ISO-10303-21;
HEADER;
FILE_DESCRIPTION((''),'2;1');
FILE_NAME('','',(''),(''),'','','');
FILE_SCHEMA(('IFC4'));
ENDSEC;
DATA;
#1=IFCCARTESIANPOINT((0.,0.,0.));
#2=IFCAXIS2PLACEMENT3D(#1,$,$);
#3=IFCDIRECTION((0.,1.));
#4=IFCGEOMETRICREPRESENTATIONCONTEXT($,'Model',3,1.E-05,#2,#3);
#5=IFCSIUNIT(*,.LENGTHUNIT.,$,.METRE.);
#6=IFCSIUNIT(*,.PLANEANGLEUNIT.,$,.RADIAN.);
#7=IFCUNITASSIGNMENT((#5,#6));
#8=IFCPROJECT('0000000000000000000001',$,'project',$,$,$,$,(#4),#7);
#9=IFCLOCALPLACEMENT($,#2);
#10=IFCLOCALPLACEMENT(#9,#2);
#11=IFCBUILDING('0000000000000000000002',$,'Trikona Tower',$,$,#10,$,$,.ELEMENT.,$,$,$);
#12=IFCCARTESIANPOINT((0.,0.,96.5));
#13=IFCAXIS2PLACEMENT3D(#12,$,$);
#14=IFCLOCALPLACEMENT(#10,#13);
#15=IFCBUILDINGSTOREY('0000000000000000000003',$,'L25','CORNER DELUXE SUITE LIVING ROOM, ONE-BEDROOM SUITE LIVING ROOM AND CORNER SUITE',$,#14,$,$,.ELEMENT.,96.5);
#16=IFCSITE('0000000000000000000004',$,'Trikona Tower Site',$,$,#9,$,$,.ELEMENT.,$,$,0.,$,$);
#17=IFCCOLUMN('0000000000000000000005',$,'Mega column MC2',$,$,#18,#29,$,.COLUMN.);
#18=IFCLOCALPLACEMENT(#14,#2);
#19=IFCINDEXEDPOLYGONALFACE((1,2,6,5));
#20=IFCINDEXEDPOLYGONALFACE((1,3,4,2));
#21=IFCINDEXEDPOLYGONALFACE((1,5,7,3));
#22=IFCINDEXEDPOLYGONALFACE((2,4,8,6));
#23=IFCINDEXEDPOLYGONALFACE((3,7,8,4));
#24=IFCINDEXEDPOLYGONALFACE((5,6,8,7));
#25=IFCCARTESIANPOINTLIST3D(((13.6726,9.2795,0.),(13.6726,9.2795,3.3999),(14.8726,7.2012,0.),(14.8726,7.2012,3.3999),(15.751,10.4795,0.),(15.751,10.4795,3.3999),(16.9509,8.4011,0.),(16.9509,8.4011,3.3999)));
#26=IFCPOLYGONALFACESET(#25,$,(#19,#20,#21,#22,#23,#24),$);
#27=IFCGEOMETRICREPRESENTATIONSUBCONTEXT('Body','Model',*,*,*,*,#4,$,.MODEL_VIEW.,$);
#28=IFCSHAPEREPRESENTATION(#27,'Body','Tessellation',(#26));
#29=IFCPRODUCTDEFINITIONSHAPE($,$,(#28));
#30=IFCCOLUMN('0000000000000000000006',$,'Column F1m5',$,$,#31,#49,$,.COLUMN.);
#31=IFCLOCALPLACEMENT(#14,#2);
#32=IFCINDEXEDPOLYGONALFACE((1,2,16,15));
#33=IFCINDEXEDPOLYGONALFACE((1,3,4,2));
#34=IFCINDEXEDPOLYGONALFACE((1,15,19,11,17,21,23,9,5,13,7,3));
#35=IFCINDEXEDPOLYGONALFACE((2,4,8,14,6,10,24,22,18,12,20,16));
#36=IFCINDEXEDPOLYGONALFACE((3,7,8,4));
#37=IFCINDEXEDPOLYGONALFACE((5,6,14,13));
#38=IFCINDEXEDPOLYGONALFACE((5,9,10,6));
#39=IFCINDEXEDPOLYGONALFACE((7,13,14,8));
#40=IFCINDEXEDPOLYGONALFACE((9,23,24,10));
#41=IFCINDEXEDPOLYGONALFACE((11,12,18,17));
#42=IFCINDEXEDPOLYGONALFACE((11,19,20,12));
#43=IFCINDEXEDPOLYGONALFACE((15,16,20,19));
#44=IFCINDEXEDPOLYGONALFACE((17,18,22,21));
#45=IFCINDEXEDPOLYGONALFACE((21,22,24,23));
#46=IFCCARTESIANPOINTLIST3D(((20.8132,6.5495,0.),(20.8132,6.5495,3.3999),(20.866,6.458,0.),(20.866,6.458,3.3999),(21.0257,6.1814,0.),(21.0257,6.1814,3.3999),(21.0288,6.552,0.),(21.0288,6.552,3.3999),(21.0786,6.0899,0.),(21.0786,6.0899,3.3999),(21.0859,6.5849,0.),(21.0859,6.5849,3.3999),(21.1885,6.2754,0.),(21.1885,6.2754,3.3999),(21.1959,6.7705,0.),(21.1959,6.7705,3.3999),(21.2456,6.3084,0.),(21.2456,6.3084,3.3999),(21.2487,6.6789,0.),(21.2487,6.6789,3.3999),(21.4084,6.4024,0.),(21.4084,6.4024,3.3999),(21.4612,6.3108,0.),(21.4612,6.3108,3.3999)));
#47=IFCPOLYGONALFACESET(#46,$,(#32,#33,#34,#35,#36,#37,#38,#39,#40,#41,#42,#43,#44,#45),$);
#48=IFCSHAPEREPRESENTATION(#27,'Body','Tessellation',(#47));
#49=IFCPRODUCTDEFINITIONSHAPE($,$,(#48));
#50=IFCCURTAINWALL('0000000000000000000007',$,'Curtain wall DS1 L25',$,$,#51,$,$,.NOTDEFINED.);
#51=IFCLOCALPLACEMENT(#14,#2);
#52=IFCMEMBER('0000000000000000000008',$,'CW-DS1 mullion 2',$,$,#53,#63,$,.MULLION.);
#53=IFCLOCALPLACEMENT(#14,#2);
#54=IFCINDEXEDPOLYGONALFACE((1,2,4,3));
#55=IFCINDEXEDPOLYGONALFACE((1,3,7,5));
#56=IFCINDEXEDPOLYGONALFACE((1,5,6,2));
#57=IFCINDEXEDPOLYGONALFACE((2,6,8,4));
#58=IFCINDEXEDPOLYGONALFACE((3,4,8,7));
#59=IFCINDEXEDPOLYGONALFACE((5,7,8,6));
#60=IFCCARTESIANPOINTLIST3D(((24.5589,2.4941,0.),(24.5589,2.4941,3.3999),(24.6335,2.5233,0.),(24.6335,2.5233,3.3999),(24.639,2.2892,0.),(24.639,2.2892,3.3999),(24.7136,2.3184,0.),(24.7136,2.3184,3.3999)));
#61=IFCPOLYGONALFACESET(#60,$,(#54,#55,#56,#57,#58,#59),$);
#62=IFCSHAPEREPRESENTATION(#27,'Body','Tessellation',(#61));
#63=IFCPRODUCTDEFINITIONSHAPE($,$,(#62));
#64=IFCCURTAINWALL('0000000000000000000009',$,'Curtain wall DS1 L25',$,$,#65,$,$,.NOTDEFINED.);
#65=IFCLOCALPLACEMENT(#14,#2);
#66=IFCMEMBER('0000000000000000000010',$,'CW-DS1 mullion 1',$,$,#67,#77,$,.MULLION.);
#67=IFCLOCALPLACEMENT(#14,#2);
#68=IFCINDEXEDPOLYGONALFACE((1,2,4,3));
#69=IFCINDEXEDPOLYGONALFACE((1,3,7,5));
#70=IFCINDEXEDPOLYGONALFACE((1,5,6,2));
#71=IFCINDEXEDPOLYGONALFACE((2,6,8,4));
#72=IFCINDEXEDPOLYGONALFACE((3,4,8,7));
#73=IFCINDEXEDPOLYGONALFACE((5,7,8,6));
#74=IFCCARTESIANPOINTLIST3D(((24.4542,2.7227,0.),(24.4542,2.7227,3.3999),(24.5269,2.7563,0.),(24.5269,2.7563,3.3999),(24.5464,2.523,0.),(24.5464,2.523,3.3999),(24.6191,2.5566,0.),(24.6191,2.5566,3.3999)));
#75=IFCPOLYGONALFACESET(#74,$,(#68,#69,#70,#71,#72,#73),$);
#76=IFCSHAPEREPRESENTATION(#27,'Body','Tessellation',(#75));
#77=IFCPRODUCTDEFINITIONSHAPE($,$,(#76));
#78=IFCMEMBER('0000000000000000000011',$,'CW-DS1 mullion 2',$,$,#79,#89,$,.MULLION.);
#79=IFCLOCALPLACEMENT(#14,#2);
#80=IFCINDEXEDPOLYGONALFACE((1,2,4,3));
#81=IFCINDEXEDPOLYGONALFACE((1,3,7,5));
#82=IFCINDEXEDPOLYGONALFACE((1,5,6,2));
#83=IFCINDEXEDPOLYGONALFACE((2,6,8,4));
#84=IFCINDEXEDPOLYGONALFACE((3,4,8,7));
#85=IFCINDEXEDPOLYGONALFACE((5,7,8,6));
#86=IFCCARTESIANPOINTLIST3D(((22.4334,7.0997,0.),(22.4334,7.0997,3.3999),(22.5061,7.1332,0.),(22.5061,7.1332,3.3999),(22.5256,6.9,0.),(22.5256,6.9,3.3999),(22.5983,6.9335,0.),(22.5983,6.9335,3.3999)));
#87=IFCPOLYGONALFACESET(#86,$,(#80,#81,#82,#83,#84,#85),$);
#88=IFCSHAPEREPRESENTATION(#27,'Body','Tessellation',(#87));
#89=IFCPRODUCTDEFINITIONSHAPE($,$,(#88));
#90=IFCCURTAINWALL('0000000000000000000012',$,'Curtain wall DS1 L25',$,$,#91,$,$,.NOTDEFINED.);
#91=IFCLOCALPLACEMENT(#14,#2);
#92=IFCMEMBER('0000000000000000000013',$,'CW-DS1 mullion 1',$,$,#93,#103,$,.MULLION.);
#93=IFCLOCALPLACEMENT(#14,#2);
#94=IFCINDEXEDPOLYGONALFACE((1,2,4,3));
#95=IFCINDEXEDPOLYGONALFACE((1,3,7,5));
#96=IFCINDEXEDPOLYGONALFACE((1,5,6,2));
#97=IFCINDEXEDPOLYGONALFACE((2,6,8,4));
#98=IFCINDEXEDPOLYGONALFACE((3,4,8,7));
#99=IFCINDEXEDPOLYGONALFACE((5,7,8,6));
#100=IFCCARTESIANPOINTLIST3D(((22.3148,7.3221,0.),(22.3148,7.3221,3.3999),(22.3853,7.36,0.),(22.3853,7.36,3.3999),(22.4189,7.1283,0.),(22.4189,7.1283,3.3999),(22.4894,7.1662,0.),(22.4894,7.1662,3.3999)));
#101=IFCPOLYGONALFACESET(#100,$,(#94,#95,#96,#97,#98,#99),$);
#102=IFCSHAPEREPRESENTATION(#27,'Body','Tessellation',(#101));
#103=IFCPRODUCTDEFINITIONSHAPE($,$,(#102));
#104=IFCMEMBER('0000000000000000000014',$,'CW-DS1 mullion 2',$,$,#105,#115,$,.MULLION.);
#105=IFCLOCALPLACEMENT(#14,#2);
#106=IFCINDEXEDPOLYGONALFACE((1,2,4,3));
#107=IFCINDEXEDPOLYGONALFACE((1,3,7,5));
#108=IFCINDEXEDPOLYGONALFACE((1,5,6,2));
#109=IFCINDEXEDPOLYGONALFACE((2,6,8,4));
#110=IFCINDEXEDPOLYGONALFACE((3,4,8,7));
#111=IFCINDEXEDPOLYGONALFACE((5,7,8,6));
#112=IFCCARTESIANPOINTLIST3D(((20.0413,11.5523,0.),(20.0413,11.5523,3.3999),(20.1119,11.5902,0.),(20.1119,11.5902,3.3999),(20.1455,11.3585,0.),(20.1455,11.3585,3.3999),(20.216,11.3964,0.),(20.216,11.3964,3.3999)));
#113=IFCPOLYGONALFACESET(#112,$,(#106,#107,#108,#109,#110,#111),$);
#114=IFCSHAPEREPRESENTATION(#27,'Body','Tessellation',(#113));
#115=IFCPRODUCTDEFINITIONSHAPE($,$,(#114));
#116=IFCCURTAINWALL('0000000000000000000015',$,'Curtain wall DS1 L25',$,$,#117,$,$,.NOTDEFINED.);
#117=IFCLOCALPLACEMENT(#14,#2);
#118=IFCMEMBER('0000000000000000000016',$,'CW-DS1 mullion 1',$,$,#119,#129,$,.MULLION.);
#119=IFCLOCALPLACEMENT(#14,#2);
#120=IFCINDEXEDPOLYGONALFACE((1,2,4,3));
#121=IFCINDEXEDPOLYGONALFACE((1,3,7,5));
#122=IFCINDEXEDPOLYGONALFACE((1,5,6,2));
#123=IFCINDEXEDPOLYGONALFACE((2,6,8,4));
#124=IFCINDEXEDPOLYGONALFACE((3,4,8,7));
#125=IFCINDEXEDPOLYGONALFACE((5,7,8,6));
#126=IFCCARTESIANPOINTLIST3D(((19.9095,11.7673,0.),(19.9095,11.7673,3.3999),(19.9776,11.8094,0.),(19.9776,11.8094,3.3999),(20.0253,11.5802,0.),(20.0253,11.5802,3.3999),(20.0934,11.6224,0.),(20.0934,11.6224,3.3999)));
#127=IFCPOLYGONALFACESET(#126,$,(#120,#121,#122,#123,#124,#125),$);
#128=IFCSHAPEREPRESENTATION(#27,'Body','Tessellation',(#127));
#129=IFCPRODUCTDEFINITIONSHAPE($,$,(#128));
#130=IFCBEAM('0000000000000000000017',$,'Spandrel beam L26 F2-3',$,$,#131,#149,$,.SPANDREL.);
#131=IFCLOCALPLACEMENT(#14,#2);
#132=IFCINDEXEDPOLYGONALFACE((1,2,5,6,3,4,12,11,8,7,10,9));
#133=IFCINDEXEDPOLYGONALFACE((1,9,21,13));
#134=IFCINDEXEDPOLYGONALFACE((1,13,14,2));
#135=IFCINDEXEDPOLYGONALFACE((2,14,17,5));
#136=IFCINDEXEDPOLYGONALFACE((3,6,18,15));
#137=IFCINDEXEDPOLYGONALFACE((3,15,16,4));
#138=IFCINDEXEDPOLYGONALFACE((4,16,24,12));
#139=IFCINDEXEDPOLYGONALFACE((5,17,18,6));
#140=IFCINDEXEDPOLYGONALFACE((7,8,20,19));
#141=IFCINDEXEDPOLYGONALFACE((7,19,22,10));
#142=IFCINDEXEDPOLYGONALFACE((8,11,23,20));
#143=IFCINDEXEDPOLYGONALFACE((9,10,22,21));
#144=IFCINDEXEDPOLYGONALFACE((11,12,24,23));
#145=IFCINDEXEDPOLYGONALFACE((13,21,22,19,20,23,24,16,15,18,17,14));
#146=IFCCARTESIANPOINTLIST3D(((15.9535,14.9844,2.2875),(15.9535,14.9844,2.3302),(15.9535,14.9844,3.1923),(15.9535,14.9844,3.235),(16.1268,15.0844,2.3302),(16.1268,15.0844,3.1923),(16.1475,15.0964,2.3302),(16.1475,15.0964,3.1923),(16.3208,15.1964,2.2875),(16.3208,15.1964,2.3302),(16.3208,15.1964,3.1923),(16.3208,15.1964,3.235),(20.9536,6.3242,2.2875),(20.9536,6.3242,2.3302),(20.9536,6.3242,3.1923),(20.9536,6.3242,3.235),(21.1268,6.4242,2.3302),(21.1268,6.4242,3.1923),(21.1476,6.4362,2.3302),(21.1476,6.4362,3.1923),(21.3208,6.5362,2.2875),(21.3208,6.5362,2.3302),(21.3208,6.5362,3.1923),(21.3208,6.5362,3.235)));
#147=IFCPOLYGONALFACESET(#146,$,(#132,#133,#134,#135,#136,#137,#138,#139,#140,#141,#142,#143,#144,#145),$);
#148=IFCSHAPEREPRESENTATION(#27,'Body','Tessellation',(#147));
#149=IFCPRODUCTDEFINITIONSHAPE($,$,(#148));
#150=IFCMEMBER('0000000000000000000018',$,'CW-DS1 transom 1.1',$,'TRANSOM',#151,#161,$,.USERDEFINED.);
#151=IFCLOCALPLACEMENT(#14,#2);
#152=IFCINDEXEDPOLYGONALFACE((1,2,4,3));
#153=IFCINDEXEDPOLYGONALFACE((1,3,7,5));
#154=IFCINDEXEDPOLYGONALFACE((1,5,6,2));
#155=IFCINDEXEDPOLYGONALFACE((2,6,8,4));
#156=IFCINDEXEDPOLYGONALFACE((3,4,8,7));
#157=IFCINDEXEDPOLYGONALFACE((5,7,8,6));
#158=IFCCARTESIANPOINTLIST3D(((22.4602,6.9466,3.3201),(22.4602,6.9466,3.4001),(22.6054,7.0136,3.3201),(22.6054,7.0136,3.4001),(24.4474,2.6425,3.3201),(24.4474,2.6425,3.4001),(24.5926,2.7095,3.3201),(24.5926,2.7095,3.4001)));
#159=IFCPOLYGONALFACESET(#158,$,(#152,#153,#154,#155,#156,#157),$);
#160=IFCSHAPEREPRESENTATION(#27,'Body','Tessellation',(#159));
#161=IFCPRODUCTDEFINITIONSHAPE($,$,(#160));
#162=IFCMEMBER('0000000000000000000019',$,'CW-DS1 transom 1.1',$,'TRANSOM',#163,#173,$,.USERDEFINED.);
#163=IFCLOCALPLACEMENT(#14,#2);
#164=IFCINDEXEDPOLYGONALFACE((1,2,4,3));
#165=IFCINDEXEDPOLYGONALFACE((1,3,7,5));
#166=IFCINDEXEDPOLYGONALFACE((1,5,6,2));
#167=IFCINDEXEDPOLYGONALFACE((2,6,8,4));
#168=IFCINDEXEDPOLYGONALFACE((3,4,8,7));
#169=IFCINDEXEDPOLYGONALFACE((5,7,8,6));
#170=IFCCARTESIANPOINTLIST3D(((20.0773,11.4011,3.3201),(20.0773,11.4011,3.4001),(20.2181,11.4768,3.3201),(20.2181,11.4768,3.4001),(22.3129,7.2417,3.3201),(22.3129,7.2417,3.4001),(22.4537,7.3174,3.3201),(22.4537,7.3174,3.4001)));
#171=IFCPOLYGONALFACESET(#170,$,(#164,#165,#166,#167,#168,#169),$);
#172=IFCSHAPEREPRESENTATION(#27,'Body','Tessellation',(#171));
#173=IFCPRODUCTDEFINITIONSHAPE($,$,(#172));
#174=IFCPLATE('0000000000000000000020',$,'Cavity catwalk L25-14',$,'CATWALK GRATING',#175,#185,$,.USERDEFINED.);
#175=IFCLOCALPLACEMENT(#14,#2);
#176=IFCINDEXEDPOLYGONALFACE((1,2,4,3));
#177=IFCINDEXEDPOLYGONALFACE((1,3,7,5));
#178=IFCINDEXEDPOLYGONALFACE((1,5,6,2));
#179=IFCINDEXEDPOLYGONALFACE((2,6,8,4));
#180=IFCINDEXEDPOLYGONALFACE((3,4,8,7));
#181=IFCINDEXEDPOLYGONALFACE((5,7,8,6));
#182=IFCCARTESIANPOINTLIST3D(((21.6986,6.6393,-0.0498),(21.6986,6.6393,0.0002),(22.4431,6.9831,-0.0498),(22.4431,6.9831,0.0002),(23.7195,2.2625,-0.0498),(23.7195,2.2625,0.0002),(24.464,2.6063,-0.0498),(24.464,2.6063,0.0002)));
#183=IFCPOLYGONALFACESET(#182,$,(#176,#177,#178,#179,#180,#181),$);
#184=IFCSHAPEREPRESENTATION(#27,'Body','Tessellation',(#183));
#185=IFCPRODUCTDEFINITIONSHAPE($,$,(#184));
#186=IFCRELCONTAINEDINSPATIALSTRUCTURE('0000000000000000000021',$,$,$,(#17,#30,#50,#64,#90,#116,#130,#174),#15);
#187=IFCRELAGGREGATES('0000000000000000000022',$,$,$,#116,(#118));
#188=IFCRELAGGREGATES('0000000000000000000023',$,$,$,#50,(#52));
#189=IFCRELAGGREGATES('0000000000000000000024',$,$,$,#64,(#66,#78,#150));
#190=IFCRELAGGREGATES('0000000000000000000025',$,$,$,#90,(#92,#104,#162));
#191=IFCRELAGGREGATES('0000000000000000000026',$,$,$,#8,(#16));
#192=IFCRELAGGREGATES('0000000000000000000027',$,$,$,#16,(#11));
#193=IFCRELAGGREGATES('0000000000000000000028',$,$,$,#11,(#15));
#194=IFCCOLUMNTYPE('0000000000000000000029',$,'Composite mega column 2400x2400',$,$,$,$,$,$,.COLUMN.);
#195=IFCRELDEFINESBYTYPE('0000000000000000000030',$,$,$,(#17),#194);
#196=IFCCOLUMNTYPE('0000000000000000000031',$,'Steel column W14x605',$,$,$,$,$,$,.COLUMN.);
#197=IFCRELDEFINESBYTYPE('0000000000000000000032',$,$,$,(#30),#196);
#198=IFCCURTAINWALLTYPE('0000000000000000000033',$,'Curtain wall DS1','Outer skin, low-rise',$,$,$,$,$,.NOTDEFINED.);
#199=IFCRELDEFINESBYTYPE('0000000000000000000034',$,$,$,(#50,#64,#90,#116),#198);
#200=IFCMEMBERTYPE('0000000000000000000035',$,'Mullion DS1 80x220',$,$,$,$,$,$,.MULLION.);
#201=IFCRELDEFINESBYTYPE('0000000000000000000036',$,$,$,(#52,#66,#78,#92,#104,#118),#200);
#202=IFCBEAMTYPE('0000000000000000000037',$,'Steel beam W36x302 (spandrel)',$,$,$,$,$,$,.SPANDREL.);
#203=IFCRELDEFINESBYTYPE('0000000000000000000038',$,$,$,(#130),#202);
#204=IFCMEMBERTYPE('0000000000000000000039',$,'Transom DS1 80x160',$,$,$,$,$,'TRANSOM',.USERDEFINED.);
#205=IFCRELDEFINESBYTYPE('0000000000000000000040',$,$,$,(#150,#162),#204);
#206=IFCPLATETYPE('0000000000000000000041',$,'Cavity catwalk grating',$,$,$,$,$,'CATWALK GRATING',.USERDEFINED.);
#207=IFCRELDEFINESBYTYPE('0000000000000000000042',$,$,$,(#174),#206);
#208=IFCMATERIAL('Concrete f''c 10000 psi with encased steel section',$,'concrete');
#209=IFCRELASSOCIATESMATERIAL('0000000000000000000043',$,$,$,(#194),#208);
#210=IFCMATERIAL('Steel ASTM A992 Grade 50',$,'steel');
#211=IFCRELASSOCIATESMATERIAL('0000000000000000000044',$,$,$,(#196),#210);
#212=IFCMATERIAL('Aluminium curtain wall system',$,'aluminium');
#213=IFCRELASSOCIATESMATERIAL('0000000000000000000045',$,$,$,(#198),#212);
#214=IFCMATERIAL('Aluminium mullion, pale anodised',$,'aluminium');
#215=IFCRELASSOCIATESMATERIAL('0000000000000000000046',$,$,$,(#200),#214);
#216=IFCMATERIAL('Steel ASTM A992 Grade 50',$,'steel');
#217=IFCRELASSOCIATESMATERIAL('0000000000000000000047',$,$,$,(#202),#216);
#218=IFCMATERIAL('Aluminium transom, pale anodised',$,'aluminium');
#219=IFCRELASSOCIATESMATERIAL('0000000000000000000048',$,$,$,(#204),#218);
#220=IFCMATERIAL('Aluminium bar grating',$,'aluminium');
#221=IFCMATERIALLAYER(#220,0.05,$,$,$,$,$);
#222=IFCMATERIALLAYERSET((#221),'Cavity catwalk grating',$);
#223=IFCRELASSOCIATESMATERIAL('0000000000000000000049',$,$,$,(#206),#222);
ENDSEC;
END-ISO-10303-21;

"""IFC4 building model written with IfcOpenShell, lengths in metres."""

from ifc_helpers import new_model, si_unit, direction, frame, origin, origin_2d, place, context, subcontext, project, spatial, rectangle, i_section, extrude, material, layer, layer_set, material_profile, profile_set, type_object, element, aggregate, save


model = new_model("IFC4")

# Units and contexts
model_context = context("Model", 3, precision=1e-05, world=origin(), true_north=direction((0.0, 1.0)))
body_context = subcontext(model_context, "Body", "Model", "MODEL_VIEW")
ifc_project = project(units=[si_unit("LENGTHUNIT", "METRE"), si_unit("PLANEANGLEUNIT", "RADIAN")], contexts=[model_context])

# Site, building, storey
site_placement = place(None, origin())
site = spatial("IfcSite", under=ifc_project, at=site_placement, Name="Trikona Tower Site", CompositionType="ELEMENT", RefElevation=0.0)
building_placement = place(site_placement, origin())
building = spatial("IfcBuilding", under=site, at=building_placement, Name="Trikona Tower", CompositionType="ELEMENT")
storey_placement = place(building_placement, frame((0.0, 0.0, 96.5)))
storey = spatial("IfcBuildingStorey", under=building, at=storey_placement, Name="L25", Description="CORNER DELUXE SUITE LIVING ROOM, ONE-BEDROOM SUITE LIVING ROOM AND CORNER SUITE", CompositionType="ELEMENT", Elevation=96.5)

# Columns
ifc_material_1 = material(Name="Concrete f'c 10000 psi with encased steel section", Category="concrete")
ifc_material_profile_1 = material_profile(ifc_material_1, rectangle(XDim=2.3999, YDim=2.3999, at=origin_2d()), Name="MC2400")
ifc_profile_set_1 = profile_set([ifc_material_profile_1], Name="Concrete f'c 10000 psi with encased steel section")
column_type_1 = type_object("IfcColumnType", Name="Composite mega column 2400x2400", PredefinedType="COLUMN", material=ifc_profile_set_1)
column_1_placement = place(storey_placement, frame((15.3118, 8.8403, 0.0), z_axis=(0.0, 0.0, 1.0), x_axis=(0.866025, 0.5, 0.0)))
element("IfcColumn", 1, at=column_1_placement, inside=storey, type_object=column_type_1, Name="Mega column MC2", PredefinedType="COLUMN", context=body_context, shape_type="SweptSolid", body=[
    extrude(rectangle(XDim=2.3999, YDim=2.3999, at=origin_2d()), origin(), (0.0, 0.0, 1.0), 3.3999),
])
ifc_material_2 = material(Name="Steel ASTM A992 Grade 50", Category="steel")
ifc_material_profile_2 = material_profile(ifc_material_2, i_section(OverallWidth=0.4419, OverallDepth=0.5308, WebThickness=0.0659, FlangeThickness=0.1057, at=origin_2d()), Name="W14X605")
ifc_profile_set_2 = profile_set([ifc_material_profile_2], Name="Steel ASTM A992 Grade 50")
column_type_2 = type_object("IfcColumnType", Name="Steel column W14x605", PredefinedType="COLUMN", material=ifc_profile_set_2)
column_2_placement = place(storey_placement, frame((21.1372, 6.4302, 0.0), z_axis=(0.0, 0.0, 1.0), x_axis=(0.866025, 0.5, 0.0)))
element("IfcColumn", 2, at=column_2_placement, inside=storey, type_object=column_type_2, Name="Column F1m5", PredefinedType="COLUMN", context=body_context, shape_type="SweptSolid", body=[
    extrude(i_section(OverallWidth=0.4419, OverallDepth=0.5308, WebThickness=0.0659, FlangeThickness=0.1057, at=origin_2d()), origin(), (0.0, 0.0, 1.0), 3.3999),
])

# Curtain wall, member
ifc_material_3 = material(Name="Aluminium curtain wall system", Category="aluminium")
curtain_wall_type = type_object("IfcCurtainWallType", Name="Curtain wall DS1", Description="Outer skin, low-rise", PredefinedType="NOTDEFINED", material=ifc_material_3)
curtain_wall_1_placement = place(storey_placement, origin())
curtain_wall_1 = element("IfcCurtainWall", 3, at=curtain_wall_1_placement, inside=storey, type_object=curtain_wall_type, Name="Curtain wall DS1 L25", PredefinedType="NOTDEFINED")
ifc_material_4 = material(Name="Aluminium mullion, pale anodised", Category="aluminium")
ifc_material_profile_3 = material_profile(ifc_material_4, rectangle(XDim=0.0801, YDim=0.22, at=origin_2d()), Name="MUL-DS1")
ifc_profile_set_3 = profile_set([ifc_material_profile_3], Name="Aluminium mullion, pale anodised")
member_type_1 = type_object("IfcMemberType", Name="Mullion DS1 80x220", PredefinedType="MULLION", material=ifc_profile_set_3)
member_1_placement = place(storey_placement, frame((24.6362, 2.4062, 0.0), z_axis=(0.0, 0.0, 1.0), x_axis=(-0.931396, -0.364008, 0.0)))
member_1 = element("IfcMember", 4, at=member_1_placement, type_object=member_type_1, Name="CW-DS1 mullion 2", PredefinedType="MULLION", context=body_context, shape_type="SweptSolid", body=[
    extrude(rectangle(XDim=0.0801, YDim=0.22, at=origin_2d()), origin(), (0.0, 0.0, 1.0), 3.3999),
])

# Curtain walls, members
curtain_wall_2_placement = place(storey_placement, origin())
curtain_wall_2 = element("IfcCurtainWall", 5, at=curtain_wall_2_placement, inside=storey, type_object=curtain_wall_type, Name="Curtain wall DS1 L25", PredefinedType="NOTDEFINED")
member_2_placement = place(storey_placement, frame((24.5366, 2.6396, 0.0), z_axis=(0.0, 0.0, 1.0), x_axis=(-0.907898, -0.41919, 0.0)))
member_2 = element("IfcMember", 6, at=member_2_placement, type_object=member_type_1, Name="CW-DS1 mullion 1", PredefinedType="MULLION", context=body_context, shape_type="SweptSolid", body=[
    extrude(rectangle(XDim=0.0801, YDim=0.22, at=origin_2d()), origin(), (0.0, 0.0, 1.0), 3.3999),
])
member_3_placement = place(storey_placement, frame((22.5159, 7.0166, 0.0), z_axis=(0.0, 0.0, 1.0), x_axis=(-0.907898, -0.41919, 0.0)))
member_3 = element("IfcMember", 7, at=member_3_placement, type_object=member_type_1, Name="CW-DS1 mullion 2", PredefinedType="MULLION", context=body_context, shape_type="SweptSolid", body=[
    extrude(rectangle(XDim=0.0801, YDim=0.22, at=origin_2d()), origin(), (0.0, 0.0, 1.0), 3.3999),
])
curtain_wall_3_placement = place(storey_placement, origin())
curtain_wall_3 = element("IfcCurtainWall", 8, at=curtain_wall_3_placement, inside=storey, type_object=curtain_wall_type, Name="Curtain wall DS1 L25", PredefinedType="NOTDEFINED")
member_4_placement = place(storey_placement, frame((22.4021, 7.2441, 0.0), z_axis=(0.0, 0.0, 1.0), x_axis=(-0.880843, -0.473408, 0.0)))
member_4 = element("IfcMember", 9, at=member_4_placement, type_object=member_type_1, Name="CW-DS1 mullion 1", PredefinedType="MULLION", context=body_context, shape_type="SweptSolid", body=[
    extrude(rectangle(XDim=0.0801, YDim=0.22, at=origin_2d()), origin(), (0.0, 0.0, 1.0), 3.3999),
])
member_5_placement = place(storey_placement, frame((20.1287, 11.4744, 0.0), z_axis=(0.0, 0.0, 1.0), x_axis=(-0.880843, -0.473408, 0.0)))
member_5 = element("IfcMember", 10, at=member_5_placement, type_object=member_type_1, Name="CW-DS1 mullion 2", PredefinedType="MULLION", context=body_context, shape_type="SweptSolid", body=[
    extrude(rectangle(XDim=0.0801, YDim=0.22, at=origin_2d()), origin(), (0.0, 0.0, 1.0), 3.3999),
])

# Curtain wall, member
curtain_wall_4_placement = place(storey_placement, origin())
curtain_wall_4 = element("IfcCurtainWall", 11, at=curtain_wall_4_placement, inside=storey, type_object=curtain_wall_type, Name="Curtain wall DS1 L25", PredefinedType="NOTDEFINED")
member_6_placement = place(storey_placement, frame((20.0015, 11.6948, 0.0), z_axis=(0.0, 0.0, 1.0), x_axis=(-0.85041, -0.52612, 0.0)))
member_6 = element("IfcMember", 12, at=member_6_placement, type_object=member_type_1, Name="CW-DS1 mullion 1", PredefinedType="MULLION", context=body_context, shape_type="SweptSolid", body=[
    extrude(rectangle(XDim=0.0801, YDim=0.22, at=origin_2d()), origin(), (0.0, 0.0, 1.0), 3.3999),
])
aggregate(curtain_wall_4, [member_6])

# Beam
ifc_material_5 = material(Name="Steel ASTM A992 Grade 50", Category="steel")
ifc_material_profile_4 = material_profile(ifc_material_5, i_section(OverallWidth=0.4241, OverallDepth=0.9475, WebThickness=0.0239, FlangeThickness=0.0427, at=origin_2d()), Name="W36X302")
ifc_profile_set_4 = profile_set([ifc_material_profile_4], Name="Steel ASTM A992 Grade 50")
beam_type = type_object("IfcBeamType", Name="Steel beam W36x302 (spandrel)", PredefinedType="SPANDREL", material=ifc_profile_set_4)
beam_placement = place(storey_placement, frame((21.1372, 6.4302, 2.7612), z_axis=(-0.500004, 0.866023, 0.0), x_axis=(-0.866023, -0.500004, 0.0)))
element("IfcBeam", 13, at=beam_placement, inside=storey, type_object=beam_type, Name="Spandrel beam L26 F2-3", PredefinedType="SPANDREL", context=body_context, shape_type="SweptSolid", body=[
    extrude(i_section(OverallWidth=0.4241, OverallDepth=0.9475, WebThickness=0.0239, FlangeThickness=0.0427, at=origin_2d()), origin(), (0.0, 0.0, 1.0), 10.0),
])

# Members
ifc_material_6 = material(Name="Aluminium transom, pale anodised", Category="aluminium")
ifc_material_profile_5 = material_profile(ifc_material_6, rectangle(XDim=0.1599, YDim=0.0801, at=origin_2d()), Name="TRN-DS1")
ifc_profile_set_5 = profile_set([ifc_material_profile_5], Name="Aluminium transom, pale anodised")
member_type_2 = type_object("IfcMemberType", Name="Transom DS1 80x160", ElementType="TRANSOM", PredefinedType="USERDEFINED", material=ifc_profile_set_5)
member_7_placement = place(storey_placement, frame((24.52, 2.676, 3.3601), z_axis=(-0.419189, 0.907899, 0.0), x_axis=(-0.907899, -0.419189, 0.0)))
member_7 = element("IfcMember", 14, at=member_7_placement, type_object=member_type_2, Name="CW-DS1 transom 1.1", ObjectType="TRANSOM", PredefinedType="USERDEFINED", context=body_context, shape_type="SweptSolid", body=[
    extrude(rectangle(XDim=0.1599, YDim=0.0801, at=origin_2d()), origin(), (0.0, 0.0, 1.0), 4.7407),
])
member_8_placement = place(storey_placement, frame((22.3833, 7.2795, 3.3601), z_axis=(-0.473428, 0.880833, 0.0), x_axis=(-0.880833, -0.473428, 0.0)))
member_8 = element("IfcMember", 15, at=member_8_placement, type_object=member_type_2, Name="CW-DS1 transom 1.1", ObjectType="TRANSOM", PredefinedType="USERDEFINED", context=body_context, shape_type="SweptSolid", body=[
    extrude(rectangle(XDim=0.1599, YDim=0.0801, at=origin_2d()), origin(), (0.0, 0.0, 1.0), 4.7222),
])

# Plate
ifc_material_7 = material(Name="Aluminium bar grating", Category="aluminium")
ifc_layer_1 = layer(ifc_material_7, 0.05)
ifc_layer_set_1 = layer_set([ifc_layer_1], Name="Cavity catwalk grating")
plate_type_1 = type_object("IfcPlateType", Name="Cavity catwalk grating", ElementType="CATWALK GRATING", PredefinedType="USERDEFINED", material=ifc_layer_set_1)
plate_1_placement = place(storey_placement, frame((23.0813, 4.6228, -0.0498), z_axis=(0.0, 0.0, 1.0), x_axis=(-0.419194, 0.907897, 0.0)))
element("IfcPlate", 16, at=plate_1_placement, inside=storey, type_object=plate_type_1, Name="Cavity catwalk L25-14", ObjectType="CATWALK GRATING", PredefinedType="USERDEFINED", context=body_context, shape_type="SweptSolid", body=[
    extrude(rectangle(XDim=4.8208, YDim=0.8201, at=origin_2d()), origin(), (0.0, 0.0, 1.0), 0.05),
])

aggregate(curtain_wall_1, [member_1])
aggregate(curtain_wall_2, [member_2, member_3, member_7])
aggregate(curtain_wall_3, [member_4, member_5, member_8])

save(model, "model.ifc")
